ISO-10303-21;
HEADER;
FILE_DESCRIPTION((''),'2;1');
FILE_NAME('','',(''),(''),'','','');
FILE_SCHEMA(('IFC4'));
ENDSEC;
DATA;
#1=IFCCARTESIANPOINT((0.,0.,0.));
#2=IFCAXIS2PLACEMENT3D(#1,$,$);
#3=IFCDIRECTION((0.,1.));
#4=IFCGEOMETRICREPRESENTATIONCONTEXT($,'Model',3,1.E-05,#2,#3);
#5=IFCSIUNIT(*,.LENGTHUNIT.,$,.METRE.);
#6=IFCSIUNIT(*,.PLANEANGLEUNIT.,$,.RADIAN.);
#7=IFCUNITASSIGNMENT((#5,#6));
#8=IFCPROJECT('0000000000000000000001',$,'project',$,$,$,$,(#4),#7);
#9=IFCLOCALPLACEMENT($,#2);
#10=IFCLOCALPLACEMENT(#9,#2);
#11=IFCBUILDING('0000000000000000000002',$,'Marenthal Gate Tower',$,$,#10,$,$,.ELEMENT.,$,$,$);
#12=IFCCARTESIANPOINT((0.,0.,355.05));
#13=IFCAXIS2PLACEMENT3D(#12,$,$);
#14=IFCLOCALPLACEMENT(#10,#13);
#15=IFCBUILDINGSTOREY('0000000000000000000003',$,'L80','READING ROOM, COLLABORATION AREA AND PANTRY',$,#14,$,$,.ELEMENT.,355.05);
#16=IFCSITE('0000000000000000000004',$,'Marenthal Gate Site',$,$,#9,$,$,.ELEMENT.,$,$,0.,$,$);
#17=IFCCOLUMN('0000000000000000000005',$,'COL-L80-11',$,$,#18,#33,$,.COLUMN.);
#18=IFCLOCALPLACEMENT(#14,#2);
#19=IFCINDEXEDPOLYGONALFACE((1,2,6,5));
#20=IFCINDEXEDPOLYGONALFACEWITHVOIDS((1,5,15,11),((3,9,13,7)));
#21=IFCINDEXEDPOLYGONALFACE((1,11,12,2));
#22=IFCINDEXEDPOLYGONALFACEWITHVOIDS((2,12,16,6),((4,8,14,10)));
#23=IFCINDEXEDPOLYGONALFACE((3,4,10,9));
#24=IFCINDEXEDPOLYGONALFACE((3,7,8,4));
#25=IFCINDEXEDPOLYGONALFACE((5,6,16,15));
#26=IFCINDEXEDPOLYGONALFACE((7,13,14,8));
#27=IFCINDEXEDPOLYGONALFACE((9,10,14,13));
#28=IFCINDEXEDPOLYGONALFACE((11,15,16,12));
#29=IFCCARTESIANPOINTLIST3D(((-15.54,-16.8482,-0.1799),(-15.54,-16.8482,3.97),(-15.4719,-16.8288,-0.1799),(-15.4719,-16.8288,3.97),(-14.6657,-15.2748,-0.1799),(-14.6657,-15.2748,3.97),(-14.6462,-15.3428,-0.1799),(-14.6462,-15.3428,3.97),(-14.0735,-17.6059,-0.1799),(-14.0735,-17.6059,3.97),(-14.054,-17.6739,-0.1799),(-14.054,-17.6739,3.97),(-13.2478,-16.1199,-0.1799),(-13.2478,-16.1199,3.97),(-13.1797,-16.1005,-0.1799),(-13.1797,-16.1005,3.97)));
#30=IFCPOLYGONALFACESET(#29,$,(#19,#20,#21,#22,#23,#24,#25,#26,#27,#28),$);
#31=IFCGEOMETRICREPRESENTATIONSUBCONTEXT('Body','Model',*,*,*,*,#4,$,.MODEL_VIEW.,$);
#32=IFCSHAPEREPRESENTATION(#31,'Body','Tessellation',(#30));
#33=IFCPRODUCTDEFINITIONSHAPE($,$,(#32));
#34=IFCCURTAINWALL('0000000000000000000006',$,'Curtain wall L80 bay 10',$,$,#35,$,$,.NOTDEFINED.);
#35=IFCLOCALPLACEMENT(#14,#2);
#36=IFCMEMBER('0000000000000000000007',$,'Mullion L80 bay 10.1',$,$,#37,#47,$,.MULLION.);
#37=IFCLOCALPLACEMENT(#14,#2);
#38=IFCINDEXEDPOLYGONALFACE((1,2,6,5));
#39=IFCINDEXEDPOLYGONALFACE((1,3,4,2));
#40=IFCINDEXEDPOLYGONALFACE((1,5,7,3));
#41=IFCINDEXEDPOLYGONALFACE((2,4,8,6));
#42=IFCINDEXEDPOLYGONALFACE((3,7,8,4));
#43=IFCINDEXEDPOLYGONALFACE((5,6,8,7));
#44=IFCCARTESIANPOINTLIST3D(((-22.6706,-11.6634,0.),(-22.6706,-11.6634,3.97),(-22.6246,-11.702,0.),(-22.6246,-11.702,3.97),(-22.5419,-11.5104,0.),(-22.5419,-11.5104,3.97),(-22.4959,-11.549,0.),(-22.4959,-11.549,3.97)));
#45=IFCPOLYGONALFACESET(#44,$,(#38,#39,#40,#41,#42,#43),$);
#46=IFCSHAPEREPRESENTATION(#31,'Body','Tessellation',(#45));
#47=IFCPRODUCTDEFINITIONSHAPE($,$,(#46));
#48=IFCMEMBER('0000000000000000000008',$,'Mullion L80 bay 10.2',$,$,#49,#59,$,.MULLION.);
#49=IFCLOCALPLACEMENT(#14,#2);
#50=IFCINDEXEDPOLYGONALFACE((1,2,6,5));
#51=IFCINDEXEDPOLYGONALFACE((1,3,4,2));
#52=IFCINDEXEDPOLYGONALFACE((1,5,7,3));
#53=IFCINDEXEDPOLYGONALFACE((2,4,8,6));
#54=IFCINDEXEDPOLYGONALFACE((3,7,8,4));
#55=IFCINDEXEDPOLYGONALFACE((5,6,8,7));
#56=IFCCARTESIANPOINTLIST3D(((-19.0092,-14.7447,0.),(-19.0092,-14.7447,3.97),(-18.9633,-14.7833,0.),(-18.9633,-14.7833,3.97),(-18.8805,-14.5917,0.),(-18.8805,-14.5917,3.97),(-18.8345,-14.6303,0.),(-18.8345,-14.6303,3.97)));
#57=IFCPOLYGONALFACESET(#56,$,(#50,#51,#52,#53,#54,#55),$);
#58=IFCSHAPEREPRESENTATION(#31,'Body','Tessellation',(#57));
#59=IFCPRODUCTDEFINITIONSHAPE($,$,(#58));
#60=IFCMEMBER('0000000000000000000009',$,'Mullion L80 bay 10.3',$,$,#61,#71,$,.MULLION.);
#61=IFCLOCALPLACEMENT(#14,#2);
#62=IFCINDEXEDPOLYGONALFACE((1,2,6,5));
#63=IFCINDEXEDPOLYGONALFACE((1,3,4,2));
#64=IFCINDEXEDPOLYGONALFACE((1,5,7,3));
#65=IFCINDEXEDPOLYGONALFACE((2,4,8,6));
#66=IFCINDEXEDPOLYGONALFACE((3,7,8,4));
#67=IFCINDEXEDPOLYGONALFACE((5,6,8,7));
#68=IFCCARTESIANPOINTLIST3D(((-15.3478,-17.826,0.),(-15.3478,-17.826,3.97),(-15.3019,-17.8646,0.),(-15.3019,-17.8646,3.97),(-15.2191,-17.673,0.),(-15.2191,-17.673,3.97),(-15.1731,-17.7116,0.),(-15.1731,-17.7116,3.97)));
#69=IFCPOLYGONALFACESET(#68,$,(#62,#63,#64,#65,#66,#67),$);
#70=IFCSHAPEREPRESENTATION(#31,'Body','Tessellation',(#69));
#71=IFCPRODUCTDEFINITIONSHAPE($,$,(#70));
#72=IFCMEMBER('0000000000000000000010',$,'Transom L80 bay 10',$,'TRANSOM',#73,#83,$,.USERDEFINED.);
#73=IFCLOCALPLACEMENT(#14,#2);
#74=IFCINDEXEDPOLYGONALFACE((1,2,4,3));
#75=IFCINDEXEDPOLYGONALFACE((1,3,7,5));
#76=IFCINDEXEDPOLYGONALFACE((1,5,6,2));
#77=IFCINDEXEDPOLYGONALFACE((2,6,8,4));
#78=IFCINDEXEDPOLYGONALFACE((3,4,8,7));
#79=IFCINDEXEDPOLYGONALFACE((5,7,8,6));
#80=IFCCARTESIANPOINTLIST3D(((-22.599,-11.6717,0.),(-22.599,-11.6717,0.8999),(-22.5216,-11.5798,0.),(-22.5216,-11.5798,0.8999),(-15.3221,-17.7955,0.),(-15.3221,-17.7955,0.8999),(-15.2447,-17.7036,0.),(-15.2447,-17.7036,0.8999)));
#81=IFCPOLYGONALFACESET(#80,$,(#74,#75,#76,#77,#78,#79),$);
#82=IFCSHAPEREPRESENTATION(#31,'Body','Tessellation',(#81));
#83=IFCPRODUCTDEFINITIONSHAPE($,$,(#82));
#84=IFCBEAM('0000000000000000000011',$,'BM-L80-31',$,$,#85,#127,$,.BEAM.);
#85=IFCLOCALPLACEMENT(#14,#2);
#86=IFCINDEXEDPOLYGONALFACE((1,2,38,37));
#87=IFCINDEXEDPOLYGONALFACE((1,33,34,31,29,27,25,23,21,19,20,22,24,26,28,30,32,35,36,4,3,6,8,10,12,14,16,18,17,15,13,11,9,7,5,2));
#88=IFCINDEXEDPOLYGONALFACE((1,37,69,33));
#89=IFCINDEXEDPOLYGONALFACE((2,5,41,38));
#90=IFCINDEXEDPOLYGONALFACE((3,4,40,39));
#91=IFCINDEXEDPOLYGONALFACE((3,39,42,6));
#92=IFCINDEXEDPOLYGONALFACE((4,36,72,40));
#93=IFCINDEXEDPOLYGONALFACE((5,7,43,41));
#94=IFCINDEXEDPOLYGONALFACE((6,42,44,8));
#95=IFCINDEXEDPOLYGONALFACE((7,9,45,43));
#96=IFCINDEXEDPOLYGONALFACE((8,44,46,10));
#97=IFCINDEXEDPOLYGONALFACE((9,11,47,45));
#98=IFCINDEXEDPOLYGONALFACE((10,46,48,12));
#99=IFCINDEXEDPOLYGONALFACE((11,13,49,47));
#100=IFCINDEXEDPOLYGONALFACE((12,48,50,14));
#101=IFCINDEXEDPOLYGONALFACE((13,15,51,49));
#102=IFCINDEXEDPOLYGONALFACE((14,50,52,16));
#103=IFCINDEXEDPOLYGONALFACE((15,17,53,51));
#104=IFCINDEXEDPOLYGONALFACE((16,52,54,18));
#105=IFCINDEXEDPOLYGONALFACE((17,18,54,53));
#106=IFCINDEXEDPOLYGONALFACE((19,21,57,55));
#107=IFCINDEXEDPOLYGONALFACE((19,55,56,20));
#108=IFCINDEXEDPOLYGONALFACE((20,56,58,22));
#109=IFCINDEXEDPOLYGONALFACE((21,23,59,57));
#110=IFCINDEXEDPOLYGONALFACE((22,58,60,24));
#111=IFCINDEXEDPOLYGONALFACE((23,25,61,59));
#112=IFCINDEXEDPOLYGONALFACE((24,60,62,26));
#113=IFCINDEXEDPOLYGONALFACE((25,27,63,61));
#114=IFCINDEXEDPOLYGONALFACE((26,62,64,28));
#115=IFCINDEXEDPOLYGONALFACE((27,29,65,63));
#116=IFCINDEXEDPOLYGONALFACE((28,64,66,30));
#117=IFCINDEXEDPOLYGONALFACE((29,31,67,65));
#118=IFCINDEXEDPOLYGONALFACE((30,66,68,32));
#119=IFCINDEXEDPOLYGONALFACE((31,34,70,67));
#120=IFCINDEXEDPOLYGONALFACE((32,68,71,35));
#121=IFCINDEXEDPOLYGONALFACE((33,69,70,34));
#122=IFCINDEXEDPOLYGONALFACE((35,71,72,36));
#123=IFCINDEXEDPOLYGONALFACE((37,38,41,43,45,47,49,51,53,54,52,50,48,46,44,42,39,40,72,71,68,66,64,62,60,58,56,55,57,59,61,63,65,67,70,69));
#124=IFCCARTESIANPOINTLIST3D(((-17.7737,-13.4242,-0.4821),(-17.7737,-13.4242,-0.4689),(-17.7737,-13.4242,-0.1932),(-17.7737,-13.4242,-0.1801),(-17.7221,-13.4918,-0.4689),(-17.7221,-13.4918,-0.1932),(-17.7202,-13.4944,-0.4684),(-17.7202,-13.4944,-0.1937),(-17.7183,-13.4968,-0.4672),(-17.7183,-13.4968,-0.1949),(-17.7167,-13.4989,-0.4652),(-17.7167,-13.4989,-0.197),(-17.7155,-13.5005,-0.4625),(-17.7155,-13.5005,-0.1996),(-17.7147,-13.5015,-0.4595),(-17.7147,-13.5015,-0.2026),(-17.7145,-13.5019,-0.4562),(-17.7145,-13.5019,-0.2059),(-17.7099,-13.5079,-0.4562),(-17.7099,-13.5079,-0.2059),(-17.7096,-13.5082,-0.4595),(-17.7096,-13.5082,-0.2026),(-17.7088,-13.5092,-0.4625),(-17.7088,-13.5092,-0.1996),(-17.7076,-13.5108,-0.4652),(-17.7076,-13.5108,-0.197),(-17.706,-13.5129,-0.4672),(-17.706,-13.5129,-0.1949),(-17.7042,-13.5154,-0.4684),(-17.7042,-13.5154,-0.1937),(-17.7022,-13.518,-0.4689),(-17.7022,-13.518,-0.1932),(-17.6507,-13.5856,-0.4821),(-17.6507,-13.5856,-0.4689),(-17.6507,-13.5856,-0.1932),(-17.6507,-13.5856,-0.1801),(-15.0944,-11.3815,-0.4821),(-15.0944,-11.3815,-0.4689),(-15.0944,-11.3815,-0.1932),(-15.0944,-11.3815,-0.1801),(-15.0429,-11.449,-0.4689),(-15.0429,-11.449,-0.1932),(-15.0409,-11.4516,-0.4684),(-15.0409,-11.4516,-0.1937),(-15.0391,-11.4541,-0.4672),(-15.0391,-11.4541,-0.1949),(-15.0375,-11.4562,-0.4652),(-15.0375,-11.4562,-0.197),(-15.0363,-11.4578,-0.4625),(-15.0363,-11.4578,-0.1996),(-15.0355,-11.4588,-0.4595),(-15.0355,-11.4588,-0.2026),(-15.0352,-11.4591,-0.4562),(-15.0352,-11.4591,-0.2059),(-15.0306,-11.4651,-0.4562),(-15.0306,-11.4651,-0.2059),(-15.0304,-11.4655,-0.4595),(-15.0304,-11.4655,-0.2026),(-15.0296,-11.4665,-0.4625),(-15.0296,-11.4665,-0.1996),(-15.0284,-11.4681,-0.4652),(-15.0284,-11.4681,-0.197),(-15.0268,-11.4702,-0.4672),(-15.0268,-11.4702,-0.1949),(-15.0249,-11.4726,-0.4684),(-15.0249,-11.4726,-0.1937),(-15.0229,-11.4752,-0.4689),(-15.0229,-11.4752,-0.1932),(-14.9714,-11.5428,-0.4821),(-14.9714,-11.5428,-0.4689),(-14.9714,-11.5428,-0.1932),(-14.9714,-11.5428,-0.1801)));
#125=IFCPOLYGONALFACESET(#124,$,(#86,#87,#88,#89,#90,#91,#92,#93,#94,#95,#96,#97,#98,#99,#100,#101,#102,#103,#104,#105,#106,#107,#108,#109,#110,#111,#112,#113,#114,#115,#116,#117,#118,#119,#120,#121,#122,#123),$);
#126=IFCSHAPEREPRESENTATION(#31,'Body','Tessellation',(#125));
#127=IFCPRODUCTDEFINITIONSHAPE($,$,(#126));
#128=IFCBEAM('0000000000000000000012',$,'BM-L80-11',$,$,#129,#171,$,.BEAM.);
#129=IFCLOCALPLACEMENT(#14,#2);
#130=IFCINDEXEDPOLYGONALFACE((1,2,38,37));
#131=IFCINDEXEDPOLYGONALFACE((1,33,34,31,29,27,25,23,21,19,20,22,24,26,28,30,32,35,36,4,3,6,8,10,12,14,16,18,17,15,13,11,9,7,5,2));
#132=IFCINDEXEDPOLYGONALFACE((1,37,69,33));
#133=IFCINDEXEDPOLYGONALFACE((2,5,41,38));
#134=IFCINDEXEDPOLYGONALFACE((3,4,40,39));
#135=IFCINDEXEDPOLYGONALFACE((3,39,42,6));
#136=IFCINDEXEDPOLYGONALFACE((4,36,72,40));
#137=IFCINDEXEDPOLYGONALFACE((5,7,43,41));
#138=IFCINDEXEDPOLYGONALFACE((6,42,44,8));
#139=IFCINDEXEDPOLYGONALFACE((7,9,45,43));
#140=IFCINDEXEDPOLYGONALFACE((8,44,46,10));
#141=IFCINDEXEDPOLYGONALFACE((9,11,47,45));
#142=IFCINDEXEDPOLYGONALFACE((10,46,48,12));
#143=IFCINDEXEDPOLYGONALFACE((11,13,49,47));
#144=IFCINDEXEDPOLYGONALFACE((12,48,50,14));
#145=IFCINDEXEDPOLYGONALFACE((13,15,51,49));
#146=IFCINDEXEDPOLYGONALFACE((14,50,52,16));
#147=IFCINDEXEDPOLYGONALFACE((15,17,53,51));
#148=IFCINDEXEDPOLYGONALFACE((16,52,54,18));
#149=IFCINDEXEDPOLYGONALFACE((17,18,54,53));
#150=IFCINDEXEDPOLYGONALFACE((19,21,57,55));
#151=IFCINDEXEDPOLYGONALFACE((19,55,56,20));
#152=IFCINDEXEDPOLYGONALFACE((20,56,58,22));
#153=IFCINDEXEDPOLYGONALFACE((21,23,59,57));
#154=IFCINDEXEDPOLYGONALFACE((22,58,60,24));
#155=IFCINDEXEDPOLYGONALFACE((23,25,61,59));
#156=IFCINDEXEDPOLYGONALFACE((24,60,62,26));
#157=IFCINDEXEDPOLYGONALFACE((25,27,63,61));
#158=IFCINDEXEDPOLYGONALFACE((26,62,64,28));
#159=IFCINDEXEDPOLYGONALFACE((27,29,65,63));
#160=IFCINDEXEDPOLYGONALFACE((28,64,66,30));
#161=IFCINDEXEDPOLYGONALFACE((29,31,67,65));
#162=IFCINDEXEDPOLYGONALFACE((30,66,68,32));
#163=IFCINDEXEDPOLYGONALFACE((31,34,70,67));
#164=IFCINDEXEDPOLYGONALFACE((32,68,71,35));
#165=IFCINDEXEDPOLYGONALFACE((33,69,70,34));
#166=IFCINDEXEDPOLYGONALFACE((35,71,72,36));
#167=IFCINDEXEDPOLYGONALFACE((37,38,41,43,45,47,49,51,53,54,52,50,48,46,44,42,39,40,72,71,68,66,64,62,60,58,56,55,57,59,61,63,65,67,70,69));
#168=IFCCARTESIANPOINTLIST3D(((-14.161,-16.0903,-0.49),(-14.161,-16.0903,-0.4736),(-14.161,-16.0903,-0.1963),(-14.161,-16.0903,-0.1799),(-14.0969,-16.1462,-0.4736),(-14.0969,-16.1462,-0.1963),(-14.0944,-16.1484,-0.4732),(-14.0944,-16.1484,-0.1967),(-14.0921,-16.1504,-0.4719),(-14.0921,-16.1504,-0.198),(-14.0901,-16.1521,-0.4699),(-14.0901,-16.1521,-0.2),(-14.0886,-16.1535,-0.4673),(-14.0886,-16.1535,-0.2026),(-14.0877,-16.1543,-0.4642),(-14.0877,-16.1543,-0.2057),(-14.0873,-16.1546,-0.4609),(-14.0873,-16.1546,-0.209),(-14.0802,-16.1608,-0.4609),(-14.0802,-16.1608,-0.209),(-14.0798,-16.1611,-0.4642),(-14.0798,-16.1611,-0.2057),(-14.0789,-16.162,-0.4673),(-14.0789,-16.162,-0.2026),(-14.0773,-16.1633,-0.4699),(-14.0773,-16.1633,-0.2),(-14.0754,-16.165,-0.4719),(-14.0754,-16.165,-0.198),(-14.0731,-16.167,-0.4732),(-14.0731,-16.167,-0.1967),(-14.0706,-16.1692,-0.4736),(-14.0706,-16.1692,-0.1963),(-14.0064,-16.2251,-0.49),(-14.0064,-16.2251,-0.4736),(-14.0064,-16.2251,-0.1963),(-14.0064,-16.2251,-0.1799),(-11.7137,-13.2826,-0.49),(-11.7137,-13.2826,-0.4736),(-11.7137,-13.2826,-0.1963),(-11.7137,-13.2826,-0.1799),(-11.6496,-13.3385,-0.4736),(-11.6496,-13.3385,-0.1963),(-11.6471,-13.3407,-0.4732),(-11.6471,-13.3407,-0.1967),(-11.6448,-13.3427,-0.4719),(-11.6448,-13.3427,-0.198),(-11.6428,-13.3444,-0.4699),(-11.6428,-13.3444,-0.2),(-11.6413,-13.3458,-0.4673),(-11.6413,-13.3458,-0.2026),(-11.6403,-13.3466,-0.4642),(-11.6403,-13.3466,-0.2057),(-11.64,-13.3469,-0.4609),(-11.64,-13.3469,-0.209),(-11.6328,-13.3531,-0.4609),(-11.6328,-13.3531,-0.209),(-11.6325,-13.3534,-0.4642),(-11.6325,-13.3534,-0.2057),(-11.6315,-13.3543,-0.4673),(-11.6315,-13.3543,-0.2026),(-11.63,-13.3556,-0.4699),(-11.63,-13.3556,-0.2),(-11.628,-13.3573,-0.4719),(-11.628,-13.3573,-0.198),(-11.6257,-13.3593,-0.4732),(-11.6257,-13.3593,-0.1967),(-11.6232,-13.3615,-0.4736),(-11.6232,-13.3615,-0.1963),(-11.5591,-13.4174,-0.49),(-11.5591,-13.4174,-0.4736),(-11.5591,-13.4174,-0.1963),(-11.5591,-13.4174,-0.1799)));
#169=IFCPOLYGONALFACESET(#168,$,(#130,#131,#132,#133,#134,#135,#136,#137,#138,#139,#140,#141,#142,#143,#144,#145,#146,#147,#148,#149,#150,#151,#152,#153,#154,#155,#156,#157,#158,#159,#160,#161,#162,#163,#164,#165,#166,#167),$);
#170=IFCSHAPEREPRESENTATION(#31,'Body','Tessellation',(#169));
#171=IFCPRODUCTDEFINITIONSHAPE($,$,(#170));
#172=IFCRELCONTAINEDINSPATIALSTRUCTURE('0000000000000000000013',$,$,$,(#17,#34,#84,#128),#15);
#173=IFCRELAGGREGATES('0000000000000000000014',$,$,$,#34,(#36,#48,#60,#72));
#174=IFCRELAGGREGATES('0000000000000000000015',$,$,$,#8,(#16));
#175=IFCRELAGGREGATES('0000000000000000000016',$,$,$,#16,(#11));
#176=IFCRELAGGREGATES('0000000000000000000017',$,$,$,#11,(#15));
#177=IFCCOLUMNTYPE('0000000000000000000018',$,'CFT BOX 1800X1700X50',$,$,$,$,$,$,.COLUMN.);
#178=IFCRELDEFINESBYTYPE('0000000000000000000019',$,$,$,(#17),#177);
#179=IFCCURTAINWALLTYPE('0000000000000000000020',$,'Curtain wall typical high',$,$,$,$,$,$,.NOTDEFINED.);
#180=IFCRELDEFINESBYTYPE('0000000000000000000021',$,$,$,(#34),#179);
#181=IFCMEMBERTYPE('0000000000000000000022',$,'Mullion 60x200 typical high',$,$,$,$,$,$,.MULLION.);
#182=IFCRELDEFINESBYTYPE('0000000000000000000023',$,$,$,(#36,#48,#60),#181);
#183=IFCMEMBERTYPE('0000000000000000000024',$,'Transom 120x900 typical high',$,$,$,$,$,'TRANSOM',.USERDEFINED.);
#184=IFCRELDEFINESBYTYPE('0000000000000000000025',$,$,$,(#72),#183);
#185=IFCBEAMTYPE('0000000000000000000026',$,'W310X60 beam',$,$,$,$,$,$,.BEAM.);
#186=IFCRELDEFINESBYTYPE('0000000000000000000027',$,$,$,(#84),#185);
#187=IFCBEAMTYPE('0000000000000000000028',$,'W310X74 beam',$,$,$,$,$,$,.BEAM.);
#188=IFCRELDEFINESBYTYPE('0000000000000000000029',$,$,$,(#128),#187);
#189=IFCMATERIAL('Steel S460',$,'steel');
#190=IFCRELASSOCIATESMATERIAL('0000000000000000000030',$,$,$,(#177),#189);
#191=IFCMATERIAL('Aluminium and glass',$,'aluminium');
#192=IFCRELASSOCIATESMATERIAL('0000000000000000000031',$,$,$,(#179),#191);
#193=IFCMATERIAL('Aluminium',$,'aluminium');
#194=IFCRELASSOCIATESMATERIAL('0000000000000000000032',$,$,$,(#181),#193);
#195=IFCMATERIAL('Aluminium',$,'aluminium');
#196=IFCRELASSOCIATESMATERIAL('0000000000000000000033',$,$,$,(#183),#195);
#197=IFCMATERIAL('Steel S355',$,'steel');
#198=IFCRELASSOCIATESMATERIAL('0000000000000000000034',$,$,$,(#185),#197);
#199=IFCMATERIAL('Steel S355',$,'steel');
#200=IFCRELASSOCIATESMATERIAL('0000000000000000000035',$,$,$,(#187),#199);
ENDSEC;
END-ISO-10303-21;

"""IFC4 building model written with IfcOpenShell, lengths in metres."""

from ifc_helpers import new_model, si_unit, direction, frame, origin, origin_2d, place, context, subcontext, project, spatial, rectangle, hollow_rectangle, i_section, extrude, material, material_profile, profile_set, type_object, element, aggregate, save


model = new_model("IFC4")

# Units and contexts
model_context = context("Model", 3, precision=1e-05, world=origin(), true_north=direction((0.0, 1.0)))
body_context = subcontext(model_context, "Body", "Model", "MODEL_VIEW")
ifc_project = project(units=[si_unit("LENGTHUNIT", "METRE"), si_unit("PLANEANGLEUNIT", "RADIAN")], contexts=[model_context])

# Site, building, storey
site_placement = place(None, origin())
site = spatial("IfcSite", under=ifc_project, at=site_placement, Name="Marenthal Gate Site", CompositionType="ELEMENT", RefElevation=0.0)
building_placement = place(site_placement, origin())
building = spatial("IfcBuilding", under=site, at=building_placement, Name="Marenthal Gate Tower", CompositionType="ELEMENT")
storey_placement = place(building_placement, frame((0.0, 0.0, 355.05)))
storey = spatial("IfcBuildingStorey", under=building, at=storey_placement, Name="L80", Description="READING ROOM, COLLABORATION AREA AND PANTRY", CompositionType="ELEMENT", Elevation=355.05)

# Column
ifc_material_1 = material(Name="Steel S460", Category="steel")
ifc_material_profile_1 = material_profile(ifc_material_1, hollow_rectangle(XDim=1.7, YDim=1.8, WallThickness=0.05, at=origin_2d()), Name="CFT BOX 1800X1700X50")
ifc_material_2 = material(Name="Concrete 70 MPa", Category="concrete")
ifc_material_profile_2 = material_profile(ifc_material_2, rectangle(XDim=1.6001, YDim=1.7, at=origin_2d()), Name="CFT BOX 1800X1700X50 INFILL")
ifc_profile_set_1 = profile_set([ifc_material_profile_1, ifc_material_profile_2], Name="Steel S460 shell, Concrete 70 MPa infill")
column_type = type_object("IfcColumnType", Name="CFT BOX 1800X1700X50", PredefinedType="COLUMN", material=ifc_profile_set_1)
column_placement = place(storey_placement, frame((-14.3599, -16.4744, -0.1799), z_axis=(0.0, 0.0, 1.0), x_axis=(-0.874116, 0.485718, 0.0)))
element("IfcColumn", 1, at=column_placement, inside=storey, type_object=column_type, Name="COL-L80-11", PredefinedType="COLUMN", context=body_context, shape_type="SweptSolid", body=[
    extrude(hollow_rectangle(XDim=1.7, YDim=1.8, WallThickness=0.05, at=origin_2d()), origin(), (0.0, 0.0, 1.0), 4.1499),
])

# Curtain wall, members
ifc_material_3 = material(Name="Aluminium and glass", Category="aluminium")
curtain_wall_type = type_object("IfcCurtainWallType", Name="Curtain wall typical high", PredefinedType="NOTDEFINED", material=ifc_material_3)
curtain_wall_placement = place(storey_placement, origin())
curtain_wall = element("IfcCurtainWall", 2, at=curtain_wall_placement, inside=storey, type_object=curtain_wall_type, Name="Curtain wall L80 bay 10", PredefinedType="NOTDEFINED")
ifc_material_4 = material(Name="Aluminium", Category="aluminium")
ifc_material_profile_3 = material_profile(ifc_material_4, rectangle(XDim=0.2, YDim=0.0601, at=origin_2d()), Name="60x200 aluminium mullion")
ifc_profile_set_2 = profile_set([ifc_material_profile_3], Name="Aluminium")
member_type_1 = type_object("IfcMemberType", Name="Mullion 60x200 typical high", PredefinedType="MULLION", material=ifc_profile_set_2)
member_1_placement = place(storey_placement, frame((-22.5833, -11.6062, 0.0), z_axis=(0.0, 0.0, 1.0), x_axis=(0.643896, 0.765113, 0.0)))
member_1 = element("IfcMember", 3, at=member_1_placement, type_object=member_type_1, Name="Mullion L80 bay 10.1", PredefinedType="MULLION", context=body_context, shape_type="SweptSolid", body=[
    extrude(rectangle(XDim=0.2, YDim=0.0601, at=origin_2d()), origin(), (0.0, 0.0, 1.0), 3.97),
])
member_2_placement = place(storey_placement, frame((-18.9219, -14.6875, 0.0), z_axis=(0.0, 0.0, 1.0), x_axis=(0.643896, 0.765113, 0.0)))
member_2 = element("IfcMember", 4, at=member_2_placement, type_object=member_type_1, Name="Mullion L80 bay 10.2", PredefinedType="MULLION", context=body_context, shape_type="SweptSolid", body=[
    extrude(rectangle(XDim=0.2, YDim=0.0601, at=origin_2d()), origin(), (0.0, 0.0, 1.0), 3.97),
])
member_3_placement = place(storey_placement, frame((-15.2605, -17.7688, 0.0), z_axis=(0.0, 0.0, 1.0), x_axis=(0.643896, 0.765113, 0.0)))
member_3 = element("IfcMember", 5, at=member_3_placement, type_object=member_type_1, Name="Mullion L80 bay 10.3", PredefinedType="MULLION", context=body_context, shape_type="SweptSolid", body=[
    extrude(rectangle(XDim=0.2, YDim=0.0601, at=origin_2d()), origin(), (0.0, 0.0, 1.0), 3.97),
])
ifc_material_5 = material(Name="Aluminium", Category="aluminium")
ifc_material_profile_4 = material_profile(ifc_material_5, rectangle(XDim=0.1201, YDim=0.8999, at=origin_2d()), Name="120x900 aluminium transom")
ifc_profile_set_3 = profile_set([ifc_material_profile_4], Name="Aluminium")
member_type_2 = type_object("IfcMemberType", Name="Transom 120x900 typical high", ElementType="TRANSOM", PredefinedType="USERDEFINED", material=ifc_profile_set_3)
member_4_placement = place(storey_placement, frame((-22.5603, -11.6257, 0.45), z_axis=(0.765124, -0.643884, 0.0), x_axis=(0.643884, 0.765124, 0.0)))
member_4 = element("IfcMember", 6, at=member_4_placement, type_object=member_type_2, Name="Transom L80 bay 10", ObjectType="TRANSOM", PredefinedType="USERDEFINED", context=body_context, shape_type="SweptSolid", body=[
    extrude(rectangle(XDim=0.1201, YDim=0.8999, at=origin_2d()), origin(), (0.0, 0.0, 1.0), 9.5107),
])

# Beams
ifc_material_6 = material(Name="Steel S355", Category="steel")
ifc_material_profile_5 = material_profile(ifc_material_6, i_section(OverallWidth=0.2029, OverallDepth=0.302, WebThickness=0.0076, FlangeThickness=0.0132, FilletRadius=0.0127, at=origin_2d()), Name="W310X60")
ifc_profile_set_4 = profile_set([ifc_material_profile_5], Name="Steel S355")
beam_type_1 = type_object("IfcBeamType", Name="W310X60 beam", PredefinedType="BEAM", material=ifc_profile_set_4)
beam_1_placement = place(storey_placement, frame((-17.7122, -13.5049, -0.3311), z_axis=(0.795227, 0.606312, 0.0), x_axis=(-0.606312, 0.795227, 0.0)))
element("IfcBeam", 7, at=beam_1_placement, inside=storey, type_object=beam_type_1, Name="BM-L80-31", PredefinedType="BEAM", context=body_context, shape_type="SweptSolid", body=[
    extrude(i_section(OverallWidth=0.2029, OverallDepth=0.302, WebThickness=0.0076, FlangeThickness=0.0132, FilletRadius=0.0127, at=origin_2d()), origin(), (0.0, 0.0, 1.0), 3.3691),
])
ifc_material_7 = material(Name="Steel S355", Category="steel")
ifc_material_profile_6 = material_profile(ifc_material_7, i_section(OverallWidth=0.2051, OverallDepth=0.3101, WebThickness=0.0095, FlangeThickness=0.0164, FilletRadius=0.0127, at=origin_2d()), Name="W310X74")
ifc_profile_set_5 = profile_set([ifc_material_profile_6], Name="Steel S355")
beam_type_2 = type_object("IfcBeamType", Name="W310X74 beam", PredefinedType="BEAM", material=ifc_profile_set_5)
beam_2_placement = place(storey_placement, frame((-14.0837, -16.1577, -0.335), z_axis=(0.657074, 0.753826, 0.0), x_axis=(-0.753826, 0.657074, 0.0)))
element("IfcBeam", 8, at=beam_2_placement, inside=storey, type_object=beam_type_2, Name="BM-L80-11", PredefinedType="BEAM", context=body_context, shape_type="SweptSolid", body=[
    extrude(i_section(OverallWidth=0.2051, OverallDepth=0.3101, WebThickness=0.0095, FlangeThickness=0.0164, FilletRadius=0.0127, at=origin_2d()), origin(), (0.0, 0.0, 1.0), 3.7246),
])

aggregate(curtain_wall, [member_1, member_2, member_3, member_4])

save(model, "model.ifc")
